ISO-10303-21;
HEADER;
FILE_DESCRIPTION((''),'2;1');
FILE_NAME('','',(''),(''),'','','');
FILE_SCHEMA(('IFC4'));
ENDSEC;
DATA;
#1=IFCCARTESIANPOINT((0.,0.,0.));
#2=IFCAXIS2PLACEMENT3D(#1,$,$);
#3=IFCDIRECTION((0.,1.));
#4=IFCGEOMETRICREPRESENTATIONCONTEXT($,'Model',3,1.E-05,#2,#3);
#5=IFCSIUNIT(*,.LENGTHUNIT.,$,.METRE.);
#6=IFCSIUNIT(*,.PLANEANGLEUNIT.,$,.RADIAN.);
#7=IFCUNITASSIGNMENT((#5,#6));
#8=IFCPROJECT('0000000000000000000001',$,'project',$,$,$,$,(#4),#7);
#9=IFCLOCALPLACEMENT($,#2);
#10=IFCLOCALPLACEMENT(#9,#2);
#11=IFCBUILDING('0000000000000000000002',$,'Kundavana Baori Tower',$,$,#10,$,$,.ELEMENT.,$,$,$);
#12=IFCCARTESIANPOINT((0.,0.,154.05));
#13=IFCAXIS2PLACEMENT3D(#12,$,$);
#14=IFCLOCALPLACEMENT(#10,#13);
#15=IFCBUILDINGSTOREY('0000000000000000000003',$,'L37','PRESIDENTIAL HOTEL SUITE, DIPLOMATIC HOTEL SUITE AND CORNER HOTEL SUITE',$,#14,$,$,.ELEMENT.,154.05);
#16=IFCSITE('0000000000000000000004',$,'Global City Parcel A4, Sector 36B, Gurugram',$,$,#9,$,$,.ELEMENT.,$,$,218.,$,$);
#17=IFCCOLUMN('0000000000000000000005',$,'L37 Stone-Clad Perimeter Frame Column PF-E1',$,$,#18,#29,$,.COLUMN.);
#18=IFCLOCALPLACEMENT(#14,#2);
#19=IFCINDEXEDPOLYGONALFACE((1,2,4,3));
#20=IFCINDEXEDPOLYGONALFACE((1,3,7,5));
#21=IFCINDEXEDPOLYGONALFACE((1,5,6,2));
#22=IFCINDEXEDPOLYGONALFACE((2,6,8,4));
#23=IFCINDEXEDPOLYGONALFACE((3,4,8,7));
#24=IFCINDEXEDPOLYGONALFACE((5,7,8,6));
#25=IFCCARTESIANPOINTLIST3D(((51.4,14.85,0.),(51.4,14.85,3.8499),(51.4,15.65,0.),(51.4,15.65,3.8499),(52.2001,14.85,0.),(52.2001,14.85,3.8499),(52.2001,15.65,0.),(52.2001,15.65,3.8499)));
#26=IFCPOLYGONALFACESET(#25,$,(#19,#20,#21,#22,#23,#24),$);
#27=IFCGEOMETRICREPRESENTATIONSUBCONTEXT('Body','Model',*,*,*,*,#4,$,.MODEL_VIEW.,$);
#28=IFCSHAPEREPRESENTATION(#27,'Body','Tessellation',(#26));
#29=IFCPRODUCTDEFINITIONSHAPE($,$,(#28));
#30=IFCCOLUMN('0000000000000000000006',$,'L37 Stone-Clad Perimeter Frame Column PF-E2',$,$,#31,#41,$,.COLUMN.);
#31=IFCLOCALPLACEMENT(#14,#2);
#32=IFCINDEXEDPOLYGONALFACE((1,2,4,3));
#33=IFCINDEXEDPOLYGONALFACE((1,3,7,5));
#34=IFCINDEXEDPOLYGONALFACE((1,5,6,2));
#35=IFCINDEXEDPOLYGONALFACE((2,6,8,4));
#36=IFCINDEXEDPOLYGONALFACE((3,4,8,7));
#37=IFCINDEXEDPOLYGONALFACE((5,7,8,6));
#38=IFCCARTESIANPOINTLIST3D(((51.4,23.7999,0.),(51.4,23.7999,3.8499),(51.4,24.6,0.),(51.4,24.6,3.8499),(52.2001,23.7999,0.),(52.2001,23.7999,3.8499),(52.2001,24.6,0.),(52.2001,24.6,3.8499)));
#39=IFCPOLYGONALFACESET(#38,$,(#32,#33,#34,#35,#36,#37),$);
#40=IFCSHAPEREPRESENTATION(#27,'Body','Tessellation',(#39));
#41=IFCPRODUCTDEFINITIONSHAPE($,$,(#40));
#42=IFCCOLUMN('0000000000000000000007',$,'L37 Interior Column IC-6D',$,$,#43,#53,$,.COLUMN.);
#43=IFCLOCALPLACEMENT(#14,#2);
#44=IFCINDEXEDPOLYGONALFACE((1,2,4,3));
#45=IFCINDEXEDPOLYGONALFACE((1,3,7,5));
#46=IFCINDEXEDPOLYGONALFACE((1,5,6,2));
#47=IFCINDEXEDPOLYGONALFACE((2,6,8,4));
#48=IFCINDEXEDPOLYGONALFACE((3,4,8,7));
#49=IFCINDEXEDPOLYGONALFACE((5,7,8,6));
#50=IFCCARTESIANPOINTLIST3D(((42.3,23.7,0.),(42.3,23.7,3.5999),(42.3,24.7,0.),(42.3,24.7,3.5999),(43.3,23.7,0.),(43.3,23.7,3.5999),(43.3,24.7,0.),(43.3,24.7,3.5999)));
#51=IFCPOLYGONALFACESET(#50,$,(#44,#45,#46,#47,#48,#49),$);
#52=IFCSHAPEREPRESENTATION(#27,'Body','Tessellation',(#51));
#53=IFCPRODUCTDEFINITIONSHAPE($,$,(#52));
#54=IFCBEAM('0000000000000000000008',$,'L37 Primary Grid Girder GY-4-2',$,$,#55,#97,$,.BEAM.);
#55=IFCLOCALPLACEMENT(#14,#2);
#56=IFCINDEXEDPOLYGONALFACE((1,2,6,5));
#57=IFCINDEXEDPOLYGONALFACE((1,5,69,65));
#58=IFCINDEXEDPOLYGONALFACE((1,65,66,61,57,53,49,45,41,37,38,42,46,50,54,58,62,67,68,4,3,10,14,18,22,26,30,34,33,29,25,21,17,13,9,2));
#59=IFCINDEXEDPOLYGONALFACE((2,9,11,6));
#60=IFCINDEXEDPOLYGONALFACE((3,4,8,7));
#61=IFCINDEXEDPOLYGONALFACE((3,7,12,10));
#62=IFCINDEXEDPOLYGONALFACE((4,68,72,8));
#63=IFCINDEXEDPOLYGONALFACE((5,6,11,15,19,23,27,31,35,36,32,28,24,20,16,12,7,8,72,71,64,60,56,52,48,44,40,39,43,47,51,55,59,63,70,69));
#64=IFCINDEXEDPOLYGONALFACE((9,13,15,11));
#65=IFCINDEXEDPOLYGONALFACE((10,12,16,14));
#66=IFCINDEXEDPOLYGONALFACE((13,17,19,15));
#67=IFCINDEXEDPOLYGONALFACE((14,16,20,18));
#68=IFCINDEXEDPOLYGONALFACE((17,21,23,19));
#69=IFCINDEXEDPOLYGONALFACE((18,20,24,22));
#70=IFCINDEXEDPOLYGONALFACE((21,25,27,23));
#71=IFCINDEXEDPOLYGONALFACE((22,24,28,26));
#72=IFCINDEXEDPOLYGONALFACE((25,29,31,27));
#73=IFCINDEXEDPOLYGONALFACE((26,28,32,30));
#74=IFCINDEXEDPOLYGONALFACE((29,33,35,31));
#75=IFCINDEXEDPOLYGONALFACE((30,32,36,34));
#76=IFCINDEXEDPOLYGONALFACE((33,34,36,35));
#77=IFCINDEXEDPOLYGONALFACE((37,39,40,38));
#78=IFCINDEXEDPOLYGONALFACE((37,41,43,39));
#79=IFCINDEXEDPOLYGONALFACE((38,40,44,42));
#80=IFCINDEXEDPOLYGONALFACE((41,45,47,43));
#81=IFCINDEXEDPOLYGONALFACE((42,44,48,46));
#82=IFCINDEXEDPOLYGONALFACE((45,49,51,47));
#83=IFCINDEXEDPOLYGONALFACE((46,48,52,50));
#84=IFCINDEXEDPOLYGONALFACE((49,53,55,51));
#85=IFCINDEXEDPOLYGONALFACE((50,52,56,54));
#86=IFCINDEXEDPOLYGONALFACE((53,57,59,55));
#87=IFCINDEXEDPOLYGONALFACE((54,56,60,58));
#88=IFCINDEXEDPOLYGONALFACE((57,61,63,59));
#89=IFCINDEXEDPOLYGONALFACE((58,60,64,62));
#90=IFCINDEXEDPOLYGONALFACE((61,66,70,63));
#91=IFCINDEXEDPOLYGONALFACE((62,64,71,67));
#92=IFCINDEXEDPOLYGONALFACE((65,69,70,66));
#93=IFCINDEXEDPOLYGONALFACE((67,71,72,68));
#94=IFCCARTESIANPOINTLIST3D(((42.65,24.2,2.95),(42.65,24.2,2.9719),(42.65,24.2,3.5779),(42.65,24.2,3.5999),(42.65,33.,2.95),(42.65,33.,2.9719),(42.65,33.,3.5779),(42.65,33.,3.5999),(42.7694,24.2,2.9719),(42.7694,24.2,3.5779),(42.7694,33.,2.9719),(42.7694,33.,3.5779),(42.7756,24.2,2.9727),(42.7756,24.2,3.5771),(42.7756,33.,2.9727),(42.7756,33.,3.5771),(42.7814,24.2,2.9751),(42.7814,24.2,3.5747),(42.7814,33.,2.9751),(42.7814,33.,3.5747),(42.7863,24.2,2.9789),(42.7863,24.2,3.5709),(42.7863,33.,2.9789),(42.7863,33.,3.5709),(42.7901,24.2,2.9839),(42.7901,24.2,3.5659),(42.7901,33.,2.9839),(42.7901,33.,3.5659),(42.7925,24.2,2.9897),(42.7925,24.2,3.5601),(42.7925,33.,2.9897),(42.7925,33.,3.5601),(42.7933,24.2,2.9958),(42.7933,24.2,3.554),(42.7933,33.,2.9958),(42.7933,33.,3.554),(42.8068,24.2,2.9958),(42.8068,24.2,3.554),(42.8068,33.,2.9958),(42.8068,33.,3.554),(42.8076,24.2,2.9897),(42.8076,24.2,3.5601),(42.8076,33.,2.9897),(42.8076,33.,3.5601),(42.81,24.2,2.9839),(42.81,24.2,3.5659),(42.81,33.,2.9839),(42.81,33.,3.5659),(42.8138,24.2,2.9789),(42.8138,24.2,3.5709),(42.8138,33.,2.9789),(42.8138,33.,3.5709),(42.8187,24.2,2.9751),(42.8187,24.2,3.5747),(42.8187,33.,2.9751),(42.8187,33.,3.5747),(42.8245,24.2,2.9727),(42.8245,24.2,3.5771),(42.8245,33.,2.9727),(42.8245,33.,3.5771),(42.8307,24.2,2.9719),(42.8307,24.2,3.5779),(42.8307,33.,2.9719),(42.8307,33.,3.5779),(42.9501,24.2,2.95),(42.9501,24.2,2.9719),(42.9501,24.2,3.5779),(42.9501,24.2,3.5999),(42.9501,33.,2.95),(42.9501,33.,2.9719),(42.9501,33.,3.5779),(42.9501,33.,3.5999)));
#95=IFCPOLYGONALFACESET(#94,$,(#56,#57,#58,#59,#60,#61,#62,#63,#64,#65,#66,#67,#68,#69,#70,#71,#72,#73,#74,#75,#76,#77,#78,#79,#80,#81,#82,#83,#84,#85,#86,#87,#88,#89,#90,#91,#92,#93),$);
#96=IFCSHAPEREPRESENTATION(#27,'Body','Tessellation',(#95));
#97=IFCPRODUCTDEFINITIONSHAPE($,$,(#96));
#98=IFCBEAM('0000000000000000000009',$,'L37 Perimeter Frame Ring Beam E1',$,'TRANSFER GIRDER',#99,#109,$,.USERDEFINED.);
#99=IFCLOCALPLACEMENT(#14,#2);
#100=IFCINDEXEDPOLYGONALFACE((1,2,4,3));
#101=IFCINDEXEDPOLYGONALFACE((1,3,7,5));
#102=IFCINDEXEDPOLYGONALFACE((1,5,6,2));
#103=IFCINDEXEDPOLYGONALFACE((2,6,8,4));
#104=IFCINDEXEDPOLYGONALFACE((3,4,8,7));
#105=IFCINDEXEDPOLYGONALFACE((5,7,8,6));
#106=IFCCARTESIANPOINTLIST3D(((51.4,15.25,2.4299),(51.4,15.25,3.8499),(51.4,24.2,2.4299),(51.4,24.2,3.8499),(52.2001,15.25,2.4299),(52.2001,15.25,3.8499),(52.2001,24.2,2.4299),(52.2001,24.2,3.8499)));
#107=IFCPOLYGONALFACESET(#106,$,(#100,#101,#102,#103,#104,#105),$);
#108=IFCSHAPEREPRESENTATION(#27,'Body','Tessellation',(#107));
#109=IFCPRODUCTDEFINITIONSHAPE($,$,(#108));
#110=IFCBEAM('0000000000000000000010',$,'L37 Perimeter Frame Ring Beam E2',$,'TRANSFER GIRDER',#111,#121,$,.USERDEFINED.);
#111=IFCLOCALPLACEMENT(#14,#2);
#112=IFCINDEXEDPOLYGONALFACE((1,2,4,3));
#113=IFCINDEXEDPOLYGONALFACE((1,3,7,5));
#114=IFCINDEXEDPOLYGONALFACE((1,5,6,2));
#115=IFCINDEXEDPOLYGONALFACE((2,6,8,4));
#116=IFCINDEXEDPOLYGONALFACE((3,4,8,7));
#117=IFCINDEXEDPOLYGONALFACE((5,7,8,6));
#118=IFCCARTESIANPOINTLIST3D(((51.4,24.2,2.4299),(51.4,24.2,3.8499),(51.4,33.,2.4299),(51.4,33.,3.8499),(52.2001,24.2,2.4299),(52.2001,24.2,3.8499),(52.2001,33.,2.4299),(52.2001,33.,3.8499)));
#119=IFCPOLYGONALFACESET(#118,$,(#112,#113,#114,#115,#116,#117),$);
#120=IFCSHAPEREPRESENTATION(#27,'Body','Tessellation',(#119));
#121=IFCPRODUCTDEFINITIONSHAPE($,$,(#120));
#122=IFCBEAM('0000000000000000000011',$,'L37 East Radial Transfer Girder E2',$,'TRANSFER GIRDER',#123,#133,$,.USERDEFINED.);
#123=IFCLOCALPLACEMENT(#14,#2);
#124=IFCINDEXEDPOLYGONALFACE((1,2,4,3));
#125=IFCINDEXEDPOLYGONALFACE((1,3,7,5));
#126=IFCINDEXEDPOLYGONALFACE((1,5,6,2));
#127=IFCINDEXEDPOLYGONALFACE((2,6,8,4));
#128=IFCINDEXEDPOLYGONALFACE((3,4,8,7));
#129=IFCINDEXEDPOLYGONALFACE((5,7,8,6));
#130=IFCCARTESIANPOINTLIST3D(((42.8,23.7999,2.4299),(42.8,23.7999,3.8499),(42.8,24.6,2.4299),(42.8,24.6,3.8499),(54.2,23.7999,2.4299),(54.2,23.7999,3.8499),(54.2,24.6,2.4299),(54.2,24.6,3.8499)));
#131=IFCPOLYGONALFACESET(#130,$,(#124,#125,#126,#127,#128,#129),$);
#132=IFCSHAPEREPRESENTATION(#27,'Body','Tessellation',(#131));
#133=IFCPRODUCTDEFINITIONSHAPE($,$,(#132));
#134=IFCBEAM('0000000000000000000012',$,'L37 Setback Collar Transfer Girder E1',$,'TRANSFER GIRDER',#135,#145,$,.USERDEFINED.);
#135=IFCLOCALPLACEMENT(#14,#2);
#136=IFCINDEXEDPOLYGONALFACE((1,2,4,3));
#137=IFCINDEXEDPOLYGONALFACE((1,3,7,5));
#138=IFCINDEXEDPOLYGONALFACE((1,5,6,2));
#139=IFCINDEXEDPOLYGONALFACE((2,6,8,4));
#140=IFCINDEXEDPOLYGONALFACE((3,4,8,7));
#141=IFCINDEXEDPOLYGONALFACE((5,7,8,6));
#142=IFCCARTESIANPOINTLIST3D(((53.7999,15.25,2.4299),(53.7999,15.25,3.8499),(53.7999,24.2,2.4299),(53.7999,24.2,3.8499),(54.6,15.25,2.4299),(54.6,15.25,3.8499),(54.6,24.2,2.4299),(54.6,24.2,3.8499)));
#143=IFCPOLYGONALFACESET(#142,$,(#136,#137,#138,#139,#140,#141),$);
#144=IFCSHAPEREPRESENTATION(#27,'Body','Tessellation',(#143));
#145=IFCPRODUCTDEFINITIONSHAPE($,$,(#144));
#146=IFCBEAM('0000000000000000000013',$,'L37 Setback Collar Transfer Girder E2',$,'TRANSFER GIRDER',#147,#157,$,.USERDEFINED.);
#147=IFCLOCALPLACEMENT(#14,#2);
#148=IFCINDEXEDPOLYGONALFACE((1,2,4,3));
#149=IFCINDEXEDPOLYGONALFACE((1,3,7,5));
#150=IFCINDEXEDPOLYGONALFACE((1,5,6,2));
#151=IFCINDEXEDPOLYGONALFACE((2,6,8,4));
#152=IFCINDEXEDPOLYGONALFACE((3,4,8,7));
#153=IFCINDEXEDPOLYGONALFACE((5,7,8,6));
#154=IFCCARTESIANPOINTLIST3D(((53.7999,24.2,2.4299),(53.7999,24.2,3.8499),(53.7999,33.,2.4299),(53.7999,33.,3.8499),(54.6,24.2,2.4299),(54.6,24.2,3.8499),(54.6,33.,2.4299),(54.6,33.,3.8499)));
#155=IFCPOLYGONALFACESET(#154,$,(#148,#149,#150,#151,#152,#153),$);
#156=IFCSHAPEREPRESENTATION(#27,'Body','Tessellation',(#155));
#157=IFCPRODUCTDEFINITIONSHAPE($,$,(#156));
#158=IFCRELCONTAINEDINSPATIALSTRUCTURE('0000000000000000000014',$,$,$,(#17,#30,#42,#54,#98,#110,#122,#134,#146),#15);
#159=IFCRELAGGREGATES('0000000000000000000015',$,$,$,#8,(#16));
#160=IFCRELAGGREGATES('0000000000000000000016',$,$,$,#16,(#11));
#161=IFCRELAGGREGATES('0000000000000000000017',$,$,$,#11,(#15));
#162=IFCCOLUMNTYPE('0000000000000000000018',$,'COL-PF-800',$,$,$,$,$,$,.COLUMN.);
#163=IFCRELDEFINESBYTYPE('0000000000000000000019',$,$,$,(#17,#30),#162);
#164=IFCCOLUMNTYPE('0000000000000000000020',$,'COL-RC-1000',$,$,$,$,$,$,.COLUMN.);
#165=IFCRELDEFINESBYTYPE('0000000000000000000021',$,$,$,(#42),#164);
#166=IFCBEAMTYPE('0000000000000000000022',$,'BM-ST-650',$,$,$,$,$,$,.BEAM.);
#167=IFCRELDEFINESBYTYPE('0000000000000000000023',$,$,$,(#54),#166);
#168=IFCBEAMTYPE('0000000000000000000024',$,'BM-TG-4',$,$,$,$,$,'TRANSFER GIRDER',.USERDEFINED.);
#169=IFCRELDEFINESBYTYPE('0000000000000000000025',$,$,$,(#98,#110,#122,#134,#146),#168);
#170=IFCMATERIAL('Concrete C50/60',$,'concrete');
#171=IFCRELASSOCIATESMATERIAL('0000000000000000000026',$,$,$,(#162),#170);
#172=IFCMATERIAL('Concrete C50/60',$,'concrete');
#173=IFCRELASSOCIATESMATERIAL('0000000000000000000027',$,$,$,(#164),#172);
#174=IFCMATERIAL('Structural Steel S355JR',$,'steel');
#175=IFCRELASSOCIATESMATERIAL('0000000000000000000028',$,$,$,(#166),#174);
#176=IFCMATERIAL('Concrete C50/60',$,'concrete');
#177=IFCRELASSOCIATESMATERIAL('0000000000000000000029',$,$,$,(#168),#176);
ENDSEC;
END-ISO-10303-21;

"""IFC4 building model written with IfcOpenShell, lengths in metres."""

from ifc_helpers import new_model, si_unit, direction, frame, origin, origin_2d, place, context, subcontext, project, spatial, rectangle, i_section, extrude, material, material_profile, profile_set, type_object, element, save


model = new_model("IFC4")

# Units and contexts
model_context = context("Model", 3, precision=1e-05, world=origin(), true_north=direction((0.0, 1.0)))
body_context = subcontext(model_context, "Body", "Model", "MODEL_VIEW")
ifc_project = project(units=[si_unit("LENGTHUNIT", "METRE"), si_unit("PLANEANGLEUNIT", "RADIAN")], contexts=[model_context])

# Site, building, storey
site_placement = place(None, origin())
site = spatial("IfcSite", under=ifc_project, at=site_placement, Name="Global City Parcel A4, Sector 36B, Gurugram", CompositionType="ELEMENT", RefElevation=218.0)
building_placement = place(site_placement, origin())
building = spatial("IfcBuilding", under=site, at=building_placement, Name="Kundavana Baori Tower", CompositionType="ELEMENT")
storey_placement = place(building_placement, frame((0.0, 0.0, 154.05)))
storey = spatial("IfcBuildingStorey", under=building, at=storey_placement, Name="L37", Description="PRESIDENTIAL HOTEL SUITE, DIPLOMATIC HOTEL SUITE AND CORNER HOTEL SUITE", CompositionType="ELEMENT", Elevation=154.05)

# Columns
ifc_material_1 = material(Name="Concrete C50/60", Category="concrete")
ifc_material_profile_1 = material_profile(ifc_material_1, rectangle(XDim=0.8, YDim=0.8, at=origin_2d()), Name="RC PF 800x800")
ifc_profile_set_1 = profile_set([ifc_material_profile_1], Name="Concrete C50/60")
column_type_1 = type_object("IfcColumnType", Name="COL-PF-800", PredefinedType="COLUMN", material=ifc_profile_set_1)
for number, where, z_axis, x_axis, name in (
    (1, (51.8, 15.25, 0.0), (0.0, 0.0, 1.0), (1.0, 0.0, 0.0), "L37 Stone-Clad Perimeter Frame Column PF-E1"),
    (2, (51.8, 24.2, 0.0), (0.0, 0.0, 1.0), (1.0, 0.0, 0.0), "L37 Stone-Clad Perimeter Frame Column PF-E2"),
):
    element("IfcColumn", number, at=place(storey_placement, frame(where, z_axis=z_axis, x_axis=x_axis)), inside=storey, type_object=column_type_1, Name=name, PredefinedType="COLUMN", context=body_context, shape_type="SweptSolid", body=[
        extrude(rectangle(XDim=0.8, YDim=0.8, at=origin_2d()), origin(), (0.0, 0.0, 1.0), 3.8499),
    ])
ifc_material_2 = material(Name="Concrete C50/60", Category="concrete")
ifc_material_profile_2 = material_profile(ifc_material_2, rectangle(XDim=1.0, YDim=1.0, at=origin_2d()), Name="RC 1000x1000")
ifc_profile_set_2 = profile_set([ifc_material_profile_2], Name="Concrete C50/60")
column_type_2 = type_object("IfcColumnType", Name="COL-RC-1000", PredefinedType="COLUMN", material=ifc_profile_set_2)
column_placement = place(storey_placement, frame((42.8, 24.2, 0.0), z_axis=(0.0, 0.0, 1.0), x_axis=(1.0, 0.0, 0.0)))
element("IfcColumn", 3, at=column_placement, inside=storey, type_object=column_type_2, Name="L37 Interior Column IC-6D", PredefinedType="COLUMN", context=body_context, shape_type="SweptSolid", body=[
    extrude(rectangle(XDim=1.0, YDim=1.0, at=origin_2d()), origin(), (0.0, 0.0, 1.0), 3.5999),
])

# Beams
ifc_material_3 = material(Name="Structural Steel S355JR", Category="steel")
ifc_material_profile_3 = material_profile(ifc_material_3, i_section(OverallWidth=0.3, OverallDepth=0.6499, WebThickness=0.0134, FlangeThickness=0.022, FilletRadius=0.0239, at=origin_2d()), Name="NPB 650x300x155")
ifc_profile_set_3 = profile_set([ifc_material_profile_3], Name="Structural Steel S355JR")
beam_type_1 = type_object("IfcBeamType", Name="BM-ST-650", PredefinedType="BEAM", material=ifc_profile_set_3)
beam_1_placement = place(storey_placement, frame((42.8, 24.2, 3.2749), z_axis=(0.0, 1.0, 0.0), x_axis=(-1.0, 0.0, 0.0)))
element("IfcBeam", 4, at=beam_1_placement, inside=storey, type_object=beam_type_1, Name="L37 Primary Grid Girder GY-4-2", PredefinedType="BEAM", context=body_context, shape_type="SweptSolid", body=[
    extrude(i_section(OverallWidth=0.3, OverallDepth=0.6499, WebThickness=0.0134, FlangeThickness=0.022, FilletRadius=0.0239, at=origin_2d()), origin(), (0.0, 0.0, 1.0), 8.8),
])
ifc_material_4 = material(Name="Concrete C50/60", Category="concrete")
ifc_material_profile_4 = material_profile(ifc_material_4, rectangle(XDim=0.8, YDim=1.4199, at=origin_2d()), Name="BM-TG-4")
ifc_profile_set_4 = profile_set([ifc_material_profile_4], Name="Concrete C50/60")
beam_type_2 = type_object("IfcBeamType", Name="BM-TG-4", ElementType="TRANSFER GIRDER", PredefinedType="USERDEFINED", material=ifc_profile_set_4)
beam_2_placement = place(storey_placement, frame((51.8, 15.25, 3.1399), z_axis=(0.0, 1.0, 0.0), x_axis=(-1.0, 0.0, 0.0)))
element("IfcBeam", 5, at=beam_2_placement, inside=storey, type_object=beam_type_2, Name="L37 Perimeter Frame Ring Beam E1", ObjectType="TRANSFER GIRDER", PredefinedType="USERDEFINED", context=body_context, shape_type="SweptSolid", body=[
    extrude(rectangle(XDim=0.8, YDim=1.4199, at=origin_2d()), origin(), (0.0, 0.0, 1.0), 8.95),
])
beam_3_placement = place(storey_placement, frame((51.8, 24.2, 3.1399), z_axis=(0.0, 1.0, 0.0), x_axis=(-1.0, 0.0, 0.0)))
element("IfcBeam", 6, at=beam_3_placement, inside=storey, type_object=beam_type_2, Name="L37 Perimeter Frame Ring Beam E2", ObjectType="TRANSFER GIRDER", PredefinedType="USERDEFINED", context=body_context, shape_type="SweptSolid", body=[
    extrude(rectangle(XDim=0.8, YDim=1.4199, at=origin_2d()), origin(), (0.0, 0.0, 1.0), 8.8),
])
beam_4_placement = place(storey_placement, frame((42.8, 24.2, 3.1399), z_axis=(1.0, 0.0, 0.0), x_axis=(0.0, 1.0, 0.0)))
element("IfcBeam", 7, at=beam_4_placement, inside=storey, type_object=beam_type_2, Name="L37 East Radial Transfer Girder E2", ObjectType="TRANSFER GIRDER", PredefinedType="USERDEFINED", context=body_context, shape_type="SweptSolid", body=[
    extrude(rectangle(XDim=0.8, YDim=1.4199, at=origin_2d()), origin(), (0.0, 0.0, 1.0), 11.3999),
])
beam_5_placement = place(storey_placement, frame((54.2, 15.25, 3.1399), z_axis=(0.0, 1.0, 0.0), x_axis=(-1.0, 0.0, 0.0)))
element("IfcBeam", 8, at=beam_5_placement, inside=storey, type_object=beam_type_2, Name="L37 Setback Collar Transfer Girder E1", ObjectType="TRANSFER GIRDER", PredefinedType="USERDEFINED", context=body_context, shape_type="SweptSolid", body=[
    extrude(rectangle(XDim=0.8, YDim=1.4199, at=origin_2d()), origin(), (0.0, 0.0, 1.0), 8.95),
])
beam_6_placement = place(storey_placement, frame((54.2, 24.2, 3.1399), z_axis=(0.0, 1.0, 0.0), x_axis=(-1.0, 0.0, 0.0)))
element("IfcBeam", 9, at=beam_6_placement, inside=storey, type_object=beam_type_2, Name="L37 Setback Collar Transfer Girder E2", ObjectType="TRANSFER GIRDER", PredefinedType="USERDEFINED", context=body_context, shape_type="SweptSolid", body=[
    extrude(rectangle(XDim=0.8, YDim=1.4199, at=origin_2d()), origin(), (0.0, 0.0, 1.0), 8.8),
])

save(model, "model.ifc")
